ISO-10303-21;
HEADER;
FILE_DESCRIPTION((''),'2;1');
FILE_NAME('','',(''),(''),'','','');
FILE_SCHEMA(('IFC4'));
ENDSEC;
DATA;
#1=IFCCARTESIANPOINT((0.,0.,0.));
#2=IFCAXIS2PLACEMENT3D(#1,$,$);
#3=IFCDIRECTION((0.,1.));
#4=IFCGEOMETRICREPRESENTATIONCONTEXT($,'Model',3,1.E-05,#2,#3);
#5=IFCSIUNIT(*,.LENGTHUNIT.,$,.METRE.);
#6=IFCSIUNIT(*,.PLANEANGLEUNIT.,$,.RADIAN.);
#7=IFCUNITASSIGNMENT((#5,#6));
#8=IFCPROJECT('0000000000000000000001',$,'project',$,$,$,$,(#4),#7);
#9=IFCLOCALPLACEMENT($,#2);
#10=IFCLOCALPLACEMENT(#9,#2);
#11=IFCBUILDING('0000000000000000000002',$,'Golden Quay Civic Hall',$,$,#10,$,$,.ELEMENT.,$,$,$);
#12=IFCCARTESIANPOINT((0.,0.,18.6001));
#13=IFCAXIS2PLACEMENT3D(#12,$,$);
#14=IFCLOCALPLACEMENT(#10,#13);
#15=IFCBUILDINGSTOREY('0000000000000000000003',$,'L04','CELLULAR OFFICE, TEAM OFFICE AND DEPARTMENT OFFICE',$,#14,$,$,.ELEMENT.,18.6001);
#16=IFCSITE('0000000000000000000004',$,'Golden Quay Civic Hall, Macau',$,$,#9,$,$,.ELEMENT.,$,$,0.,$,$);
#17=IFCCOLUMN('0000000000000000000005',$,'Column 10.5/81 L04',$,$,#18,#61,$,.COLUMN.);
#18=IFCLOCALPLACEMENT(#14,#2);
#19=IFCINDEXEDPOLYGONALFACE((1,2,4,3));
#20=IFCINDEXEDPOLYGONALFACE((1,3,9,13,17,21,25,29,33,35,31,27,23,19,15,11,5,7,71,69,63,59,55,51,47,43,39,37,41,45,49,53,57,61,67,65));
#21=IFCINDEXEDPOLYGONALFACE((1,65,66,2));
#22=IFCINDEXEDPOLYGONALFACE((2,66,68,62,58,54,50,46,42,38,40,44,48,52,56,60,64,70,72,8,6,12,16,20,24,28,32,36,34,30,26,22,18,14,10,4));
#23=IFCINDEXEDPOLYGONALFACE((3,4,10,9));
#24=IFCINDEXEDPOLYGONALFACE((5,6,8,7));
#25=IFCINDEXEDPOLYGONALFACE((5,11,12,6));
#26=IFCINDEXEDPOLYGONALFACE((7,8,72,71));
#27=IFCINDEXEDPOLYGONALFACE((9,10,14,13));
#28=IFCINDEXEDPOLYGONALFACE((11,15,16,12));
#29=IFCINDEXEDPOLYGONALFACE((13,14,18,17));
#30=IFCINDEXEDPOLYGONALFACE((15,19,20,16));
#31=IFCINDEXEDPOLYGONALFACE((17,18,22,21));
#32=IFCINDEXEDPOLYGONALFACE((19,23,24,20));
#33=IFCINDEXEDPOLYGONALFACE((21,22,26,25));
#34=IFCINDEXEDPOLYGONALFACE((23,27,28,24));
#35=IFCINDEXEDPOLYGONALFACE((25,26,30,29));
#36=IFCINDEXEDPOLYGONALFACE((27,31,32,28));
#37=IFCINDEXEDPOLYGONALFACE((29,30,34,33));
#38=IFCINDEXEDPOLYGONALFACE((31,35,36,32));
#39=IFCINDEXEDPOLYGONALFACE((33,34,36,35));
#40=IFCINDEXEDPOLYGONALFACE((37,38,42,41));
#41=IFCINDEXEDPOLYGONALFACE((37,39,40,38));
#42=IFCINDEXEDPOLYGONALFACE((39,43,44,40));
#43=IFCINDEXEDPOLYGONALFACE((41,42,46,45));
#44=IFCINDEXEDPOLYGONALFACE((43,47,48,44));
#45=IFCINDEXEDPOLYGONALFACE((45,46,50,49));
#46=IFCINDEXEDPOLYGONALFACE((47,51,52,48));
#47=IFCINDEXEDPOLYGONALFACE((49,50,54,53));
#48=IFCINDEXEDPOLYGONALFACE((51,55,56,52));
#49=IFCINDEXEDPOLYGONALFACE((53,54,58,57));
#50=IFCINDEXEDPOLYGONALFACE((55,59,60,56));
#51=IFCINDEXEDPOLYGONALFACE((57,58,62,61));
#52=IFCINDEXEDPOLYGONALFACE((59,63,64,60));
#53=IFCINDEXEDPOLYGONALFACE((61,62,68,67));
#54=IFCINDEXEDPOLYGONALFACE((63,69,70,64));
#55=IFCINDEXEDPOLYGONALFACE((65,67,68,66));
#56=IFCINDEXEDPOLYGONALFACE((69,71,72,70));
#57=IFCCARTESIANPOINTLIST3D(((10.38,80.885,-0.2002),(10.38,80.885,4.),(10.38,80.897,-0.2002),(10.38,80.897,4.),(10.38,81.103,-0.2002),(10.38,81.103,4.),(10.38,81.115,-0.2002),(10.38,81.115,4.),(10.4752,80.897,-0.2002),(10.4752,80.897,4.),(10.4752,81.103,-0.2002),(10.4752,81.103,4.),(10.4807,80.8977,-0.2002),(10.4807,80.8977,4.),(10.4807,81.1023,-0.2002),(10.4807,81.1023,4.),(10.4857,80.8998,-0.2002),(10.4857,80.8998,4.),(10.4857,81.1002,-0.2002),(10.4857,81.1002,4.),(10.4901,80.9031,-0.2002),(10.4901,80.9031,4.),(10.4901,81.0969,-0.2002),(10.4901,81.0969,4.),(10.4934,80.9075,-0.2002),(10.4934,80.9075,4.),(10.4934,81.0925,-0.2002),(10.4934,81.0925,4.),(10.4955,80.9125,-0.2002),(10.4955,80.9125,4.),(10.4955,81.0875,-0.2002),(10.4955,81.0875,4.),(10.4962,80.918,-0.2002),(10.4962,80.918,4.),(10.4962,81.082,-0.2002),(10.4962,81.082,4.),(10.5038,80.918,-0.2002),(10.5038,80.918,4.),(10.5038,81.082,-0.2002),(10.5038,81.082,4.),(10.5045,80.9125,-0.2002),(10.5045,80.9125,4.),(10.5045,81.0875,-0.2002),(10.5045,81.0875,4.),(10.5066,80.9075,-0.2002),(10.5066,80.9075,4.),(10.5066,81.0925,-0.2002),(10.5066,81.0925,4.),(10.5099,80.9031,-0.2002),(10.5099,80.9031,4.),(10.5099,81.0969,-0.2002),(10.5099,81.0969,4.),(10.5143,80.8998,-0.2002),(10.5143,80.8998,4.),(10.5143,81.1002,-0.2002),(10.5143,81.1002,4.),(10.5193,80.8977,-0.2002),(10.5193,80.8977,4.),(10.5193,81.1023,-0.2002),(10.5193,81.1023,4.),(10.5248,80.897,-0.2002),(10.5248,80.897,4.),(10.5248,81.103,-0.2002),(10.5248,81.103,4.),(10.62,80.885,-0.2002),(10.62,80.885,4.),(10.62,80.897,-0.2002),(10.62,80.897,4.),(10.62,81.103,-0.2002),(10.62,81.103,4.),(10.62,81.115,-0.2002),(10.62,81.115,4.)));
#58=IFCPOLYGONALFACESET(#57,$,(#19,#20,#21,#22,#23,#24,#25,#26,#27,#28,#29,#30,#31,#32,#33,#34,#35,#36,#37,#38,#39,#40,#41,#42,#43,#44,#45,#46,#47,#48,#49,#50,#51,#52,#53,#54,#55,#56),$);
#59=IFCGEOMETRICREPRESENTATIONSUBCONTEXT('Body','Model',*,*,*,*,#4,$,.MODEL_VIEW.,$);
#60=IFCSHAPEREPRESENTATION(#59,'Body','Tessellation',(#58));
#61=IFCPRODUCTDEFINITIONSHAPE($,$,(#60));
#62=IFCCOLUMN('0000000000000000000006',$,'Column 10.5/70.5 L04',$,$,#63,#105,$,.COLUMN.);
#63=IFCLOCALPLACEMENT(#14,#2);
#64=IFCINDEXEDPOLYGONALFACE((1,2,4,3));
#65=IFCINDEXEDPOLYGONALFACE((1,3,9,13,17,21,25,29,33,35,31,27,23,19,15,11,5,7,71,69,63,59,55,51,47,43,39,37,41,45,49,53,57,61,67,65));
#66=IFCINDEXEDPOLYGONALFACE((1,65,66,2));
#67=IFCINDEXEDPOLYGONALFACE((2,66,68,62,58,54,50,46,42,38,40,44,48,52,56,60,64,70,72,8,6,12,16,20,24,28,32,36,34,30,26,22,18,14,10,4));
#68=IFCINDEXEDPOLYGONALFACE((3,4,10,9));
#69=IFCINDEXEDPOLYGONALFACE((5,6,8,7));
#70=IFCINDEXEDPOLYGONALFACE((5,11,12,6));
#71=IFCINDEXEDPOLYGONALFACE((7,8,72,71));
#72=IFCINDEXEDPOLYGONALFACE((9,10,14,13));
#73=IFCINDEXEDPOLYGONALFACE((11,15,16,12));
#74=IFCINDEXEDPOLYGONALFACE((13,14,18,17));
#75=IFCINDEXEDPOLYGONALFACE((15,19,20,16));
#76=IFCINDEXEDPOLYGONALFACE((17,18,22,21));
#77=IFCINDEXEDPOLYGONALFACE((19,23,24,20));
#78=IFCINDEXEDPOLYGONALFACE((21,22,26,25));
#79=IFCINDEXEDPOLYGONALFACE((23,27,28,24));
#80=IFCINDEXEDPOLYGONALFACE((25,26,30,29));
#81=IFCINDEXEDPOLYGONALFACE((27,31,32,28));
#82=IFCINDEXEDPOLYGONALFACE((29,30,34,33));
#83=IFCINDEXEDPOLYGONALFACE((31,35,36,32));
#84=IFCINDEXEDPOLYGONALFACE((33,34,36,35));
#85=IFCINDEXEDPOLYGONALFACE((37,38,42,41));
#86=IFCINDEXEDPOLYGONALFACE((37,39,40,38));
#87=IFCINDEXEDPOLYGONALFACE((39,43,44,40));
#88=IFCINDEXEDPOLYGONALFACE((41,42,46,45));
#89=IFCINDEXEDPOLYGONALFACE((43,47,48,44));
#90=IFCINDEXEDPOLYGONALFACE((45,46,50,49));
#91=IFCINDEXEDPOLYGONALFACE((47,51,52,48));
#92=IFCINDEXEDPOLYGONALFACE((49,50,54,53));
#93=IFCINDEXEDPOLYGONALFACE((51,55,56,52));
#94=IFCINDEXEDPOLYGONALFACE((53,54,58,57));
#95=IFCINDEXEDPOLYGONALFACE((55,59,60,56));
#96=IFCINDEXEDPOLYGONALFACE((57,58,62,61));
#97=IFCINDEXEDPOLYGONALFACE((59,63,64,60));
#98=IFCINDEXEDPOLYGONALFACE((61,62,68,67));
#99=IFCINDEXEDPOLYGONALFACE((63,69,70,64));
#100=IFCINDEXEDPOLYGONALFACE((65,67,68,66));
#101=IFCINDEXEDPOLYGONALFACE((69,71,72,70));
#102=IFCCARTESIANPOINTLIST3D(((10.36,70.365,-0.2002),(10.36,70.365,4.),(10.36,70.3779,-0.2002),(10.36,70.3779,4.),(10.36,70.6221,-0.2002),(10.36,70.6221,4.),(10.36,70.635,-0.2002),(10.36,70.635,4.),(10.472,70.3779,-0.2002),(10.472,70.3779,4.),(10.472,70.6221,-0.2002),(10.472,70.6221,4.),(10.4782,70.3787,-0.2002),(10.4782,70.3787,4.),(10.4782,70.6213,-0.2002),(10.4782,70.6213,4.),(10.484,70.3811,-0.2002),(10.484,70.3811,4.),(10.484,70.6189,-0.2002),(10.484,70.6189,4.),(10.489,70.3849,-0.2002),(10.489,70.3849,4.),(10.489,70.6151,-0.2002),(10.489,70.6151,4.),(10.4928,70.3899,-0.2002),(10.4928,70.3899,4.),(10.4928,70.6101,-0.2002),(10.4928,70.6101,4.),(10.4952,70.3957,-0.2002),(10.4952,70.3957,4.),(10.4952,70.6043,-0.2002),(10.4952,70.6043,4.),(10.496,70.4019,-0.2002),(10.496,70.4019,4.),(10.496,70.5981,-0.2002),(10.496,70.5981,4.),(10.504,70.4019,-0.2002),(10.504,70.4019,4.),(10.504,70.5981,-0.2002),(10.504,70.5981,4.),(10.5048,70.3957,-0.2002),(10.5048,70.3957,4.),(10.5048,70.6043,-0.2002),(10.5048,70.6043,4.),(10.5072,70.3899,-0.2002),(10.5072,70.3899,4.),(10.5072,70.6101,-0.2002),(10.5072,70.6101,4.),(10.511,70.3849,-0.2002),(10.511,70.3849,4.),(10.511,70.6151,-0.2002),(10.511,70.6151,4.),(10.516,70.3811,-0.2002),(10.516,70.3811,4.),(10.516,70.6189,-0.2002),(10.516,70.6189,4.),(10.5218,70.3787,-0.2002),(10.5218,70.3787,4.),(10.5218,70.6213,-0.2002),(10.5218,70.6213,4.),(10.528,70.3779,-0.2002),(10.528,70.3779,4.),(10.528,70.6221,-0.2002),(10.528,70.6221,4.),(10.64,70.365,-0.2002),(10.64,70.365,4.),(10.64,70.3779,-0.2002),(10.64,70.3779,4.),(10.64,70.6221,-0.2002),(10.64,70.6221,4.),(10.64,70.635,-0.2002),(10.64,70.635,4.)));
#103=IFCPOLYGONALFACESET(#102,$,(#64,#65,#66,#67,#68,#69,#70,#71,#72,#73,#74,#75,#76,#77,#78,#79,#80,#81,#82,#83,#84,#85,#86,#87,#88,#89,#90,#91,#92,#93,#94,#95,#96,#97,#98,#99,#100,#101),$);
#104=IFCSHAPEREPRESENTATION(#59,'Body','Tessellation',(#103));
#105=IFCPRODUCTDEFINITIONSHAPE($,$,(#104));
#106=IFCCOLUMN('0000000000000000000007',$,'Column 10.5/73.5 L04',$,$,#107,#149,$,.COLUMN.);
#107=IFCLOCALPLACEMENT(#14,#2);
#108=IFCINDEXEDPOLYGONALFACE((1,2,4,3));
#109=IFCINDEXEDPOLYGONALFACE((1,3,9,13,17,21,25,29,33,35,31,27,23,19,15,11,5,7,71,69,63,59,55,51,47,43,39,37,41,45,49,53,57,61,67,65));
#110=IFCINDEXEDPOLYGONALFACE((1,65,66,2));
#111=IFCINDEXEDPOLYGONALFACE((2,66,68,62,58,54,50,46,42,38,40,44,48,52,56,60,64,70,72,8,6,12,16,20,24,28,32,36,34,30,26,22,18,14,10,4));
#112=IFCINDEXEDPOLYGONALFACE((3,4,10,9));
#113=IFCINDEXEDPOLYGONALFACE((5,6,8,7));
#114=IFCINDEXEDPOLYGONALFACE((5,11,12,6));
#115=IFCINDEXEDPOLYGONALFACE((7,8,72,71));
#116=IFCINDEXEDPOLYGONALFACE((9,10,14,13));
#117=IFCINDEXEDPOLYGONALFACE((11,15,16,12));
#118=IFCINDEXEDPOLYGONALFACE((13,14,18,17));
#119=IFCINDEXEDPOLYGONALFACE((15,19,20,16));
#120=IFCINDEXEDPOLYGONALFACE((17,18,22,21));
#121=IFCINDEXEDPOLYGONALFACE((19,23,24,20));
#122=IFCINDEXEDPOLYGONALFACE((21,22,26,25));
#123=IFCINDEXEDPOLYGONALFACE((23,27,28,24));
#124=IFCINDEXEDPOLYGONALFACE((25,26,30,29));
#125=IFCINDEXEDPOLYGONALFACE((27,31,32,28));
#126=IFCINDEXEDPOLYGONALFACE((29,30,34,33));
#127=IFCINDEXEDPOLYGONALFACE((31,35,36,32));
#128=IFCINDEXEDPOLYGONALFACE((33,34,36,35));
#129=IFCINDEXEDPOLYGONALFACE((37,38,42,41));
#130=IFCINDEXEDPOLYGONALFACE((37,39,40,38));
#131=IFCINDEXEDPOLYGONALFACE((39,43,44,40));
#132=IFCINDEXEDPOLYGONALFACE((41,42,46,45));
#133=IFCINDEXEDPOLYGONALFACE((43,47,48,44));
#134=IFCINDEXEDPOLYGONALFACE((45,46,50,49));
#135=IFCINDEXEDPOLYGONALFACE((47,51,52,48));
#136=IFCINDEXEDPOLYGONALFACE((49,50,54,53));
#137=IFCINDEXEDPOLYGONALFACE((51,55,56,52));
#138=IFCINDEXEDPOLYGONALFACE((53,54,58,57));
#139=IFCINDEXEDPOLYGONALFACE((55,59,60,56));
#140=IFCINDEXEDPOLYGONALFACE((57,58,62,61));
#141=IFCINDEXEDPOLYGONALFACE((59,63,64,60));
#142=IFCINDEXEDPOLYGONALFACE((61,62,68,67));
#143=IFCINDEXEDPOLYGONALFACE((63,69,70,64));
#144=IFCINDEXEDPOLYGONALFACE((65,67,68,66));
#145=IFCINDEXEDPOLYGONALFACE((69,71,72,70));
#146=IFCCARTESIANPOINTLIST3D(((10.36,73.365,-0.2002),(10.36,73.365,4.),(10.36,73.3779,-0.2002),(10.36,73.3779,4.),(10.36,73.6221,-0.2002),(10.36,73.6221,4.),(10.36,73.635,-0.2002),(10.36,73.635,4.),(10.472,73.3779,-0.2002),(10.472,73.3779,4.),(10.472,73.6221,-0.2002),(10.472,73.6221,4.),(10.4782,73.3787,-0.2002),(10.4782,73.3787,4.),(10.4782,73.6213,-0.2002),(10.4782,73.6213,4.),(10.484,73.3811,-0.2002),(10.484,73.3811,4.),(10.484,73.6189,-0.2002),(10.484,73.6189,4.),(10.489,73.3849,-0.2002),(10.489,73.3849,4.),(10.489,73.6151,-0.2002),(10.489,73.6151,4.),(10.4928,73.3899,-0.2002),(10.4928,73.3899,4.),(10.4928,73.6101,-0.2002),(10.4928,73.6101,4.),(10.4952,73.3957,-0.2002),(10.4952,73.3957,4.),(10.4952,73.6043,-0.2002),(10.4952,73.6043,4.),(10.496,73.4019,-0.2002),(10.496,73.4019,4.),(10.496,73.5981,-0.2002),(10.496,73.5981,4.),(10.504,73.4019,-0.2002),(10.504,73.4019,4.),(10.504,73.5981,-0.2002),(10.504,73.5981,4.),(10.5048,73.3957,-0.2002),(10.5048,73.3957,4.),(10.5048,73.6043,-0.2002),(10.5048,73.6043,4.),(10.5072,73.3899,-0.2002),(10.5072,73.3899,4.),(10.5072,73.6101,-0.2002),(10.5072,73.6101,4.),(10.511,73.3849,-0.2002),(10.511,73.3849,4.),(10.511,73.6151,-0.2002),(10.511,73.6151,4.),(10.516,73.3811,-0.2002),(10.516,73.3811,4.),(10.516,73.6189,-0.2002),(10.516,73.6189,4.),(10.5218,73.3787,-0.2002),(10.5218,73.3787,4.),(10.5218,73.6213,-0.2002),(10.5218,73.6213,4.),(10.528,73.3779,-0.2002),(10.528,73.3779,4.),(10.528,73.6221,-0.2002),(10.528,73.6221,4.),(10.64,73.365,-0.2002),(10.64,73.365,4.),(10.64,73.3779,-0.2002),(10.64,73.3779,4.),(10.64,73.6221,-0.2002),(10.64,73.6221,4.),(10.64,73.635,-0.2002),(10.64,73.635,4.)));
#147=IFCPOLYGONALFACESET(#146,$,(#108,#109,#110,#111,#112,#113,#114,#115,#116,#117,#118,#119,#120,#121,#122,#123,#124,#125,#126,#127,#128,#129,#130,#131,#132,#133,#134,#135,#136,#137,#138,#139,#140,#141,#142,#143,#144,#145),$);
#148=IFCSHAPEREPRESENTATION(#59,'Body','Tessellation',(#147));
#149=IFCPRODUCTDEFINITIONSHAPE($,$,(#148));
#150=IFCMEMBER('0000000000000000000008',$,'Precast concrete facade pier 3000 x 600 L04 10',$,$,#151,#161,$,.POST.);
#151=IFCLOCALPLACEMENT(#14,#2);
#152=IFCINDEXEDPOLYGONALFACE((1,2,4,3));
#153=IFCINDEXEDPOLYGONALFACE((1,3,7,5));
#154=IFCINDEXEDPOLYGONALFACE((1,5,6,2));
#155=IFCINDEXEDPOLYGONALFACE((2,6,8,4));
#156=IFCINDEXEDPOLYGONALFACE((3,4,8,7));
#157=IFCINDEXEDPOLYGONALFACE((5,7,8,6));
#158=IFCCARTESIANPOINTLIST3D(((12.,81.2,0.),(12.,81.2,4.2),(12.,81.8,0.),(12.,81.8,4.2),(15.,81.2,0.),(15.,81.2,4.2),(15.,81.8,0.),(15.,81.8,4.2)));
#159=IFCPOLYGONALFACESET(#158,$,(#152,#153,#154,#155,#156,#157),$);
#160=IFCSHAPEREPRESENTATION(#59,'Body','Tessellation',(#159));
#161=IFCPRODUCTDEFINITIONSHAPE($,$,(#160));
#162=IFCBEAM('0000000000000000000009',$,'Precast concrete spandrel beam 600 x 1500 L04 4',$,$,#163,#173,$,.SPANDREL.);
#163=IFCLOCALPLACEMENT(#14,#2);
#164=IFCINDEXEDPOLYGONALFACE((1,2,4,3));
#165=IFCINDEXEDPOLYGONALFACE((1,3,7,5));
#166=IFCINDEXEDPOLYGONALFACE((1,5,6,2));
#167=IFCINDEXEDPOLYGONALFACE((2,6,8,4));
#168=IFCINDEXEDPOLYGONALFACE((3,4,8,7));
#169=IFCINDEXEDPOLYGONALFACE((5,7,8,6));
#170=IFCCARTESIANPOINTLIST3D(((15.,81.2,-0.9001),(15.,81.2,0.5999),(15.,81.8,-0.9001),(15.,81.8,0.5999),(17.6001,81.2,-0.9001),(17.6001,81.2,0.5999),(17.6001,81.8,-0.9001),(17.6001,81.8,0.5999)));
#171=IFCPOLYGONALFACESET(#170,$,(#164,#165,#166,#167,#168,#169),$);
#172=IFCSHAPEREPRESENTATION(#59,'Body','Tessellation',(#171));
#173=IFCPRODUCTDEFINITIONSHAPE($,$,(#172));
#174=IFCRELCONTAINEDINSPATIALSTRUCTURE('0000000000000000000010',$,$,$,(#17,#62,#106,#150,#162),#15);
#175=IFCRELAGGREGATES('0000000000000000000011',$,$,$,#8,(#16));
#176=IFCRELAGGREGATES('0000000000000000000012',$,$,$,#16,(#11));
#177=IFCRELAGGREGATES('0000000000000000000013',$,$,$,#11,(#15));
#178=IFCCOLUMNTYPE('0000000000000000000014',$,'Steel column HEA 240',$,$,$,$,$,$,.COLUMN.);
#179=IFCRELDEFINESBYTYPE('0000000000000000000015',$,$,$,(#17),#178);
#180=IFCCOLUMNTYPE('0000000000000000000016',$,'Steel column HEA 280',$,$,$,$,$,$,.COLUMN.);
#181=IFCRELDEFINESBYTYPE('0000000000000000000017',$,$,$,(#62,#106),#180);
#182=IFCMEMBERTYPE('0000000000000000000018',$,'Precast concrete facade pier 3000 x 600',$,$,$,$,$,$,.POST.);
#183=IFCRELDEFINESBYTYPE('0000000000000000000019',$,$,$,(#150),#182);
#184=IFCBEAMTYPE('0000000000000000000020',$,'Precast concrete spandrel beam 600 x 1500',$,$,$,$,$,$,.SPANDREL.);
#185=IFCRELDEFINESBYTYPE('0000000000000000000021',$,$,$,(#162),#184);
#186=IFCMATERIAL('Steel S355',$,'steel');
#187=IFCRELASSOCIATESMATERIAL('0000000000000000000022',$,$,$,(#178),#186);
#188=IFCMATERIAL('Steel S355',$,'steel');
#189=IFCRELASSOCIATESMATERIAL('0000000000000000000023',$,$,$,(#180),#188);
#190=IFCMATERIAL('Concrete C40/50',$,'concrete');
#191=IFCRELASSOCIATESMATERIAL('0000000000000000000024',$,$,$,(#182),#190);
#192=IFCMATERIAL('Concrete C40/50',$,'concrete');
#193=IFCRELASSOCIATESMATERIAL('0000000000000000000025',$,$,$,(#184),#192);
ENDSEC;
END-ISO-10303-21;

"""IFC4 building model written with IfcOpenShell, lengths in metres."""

from ifc_helpers import new_model, si_unit, direction, frame, origin, origin_2d, place, context, subcontext, project, spatial, rectangle, i_section, extrude, material, material_profile, profile_set, type_object, element, save


model = new_model("IFC4")

# Units and contexts
model_context = context("Model", 3, precision=1e-05, world=origin(), true_north=direction((0.0, 1.0)))
body_context = subcontext(model_context, "Body", "Model", "MODEL_VIEW")
ifc_project = project(units=[si_unit("LENGTHUNIT", "METRE"), si_unit("PLANEANGLEUNIT", "RADIAN")], contexts=[model_context])

# Site, building, storey
site_placement = place(None, origin())
site = spatial("IfcSite", under=ifc_project, at=site_placement, Name="Golden Quay Civic Hall, Macau", CompositionType="ELEMENT", RefElevation=0.0)
building_placement = place(site_placement, origin())
building = spatial("IfcBuilding", under=site, at=building_placement, Name="Golden Quay Civic Hall", CompositionType="ELEMENT")
storey_placement = place(building_placement, frame((0.0, 0.0, 18.6001)))
storey = spatial("IfcBuildingStorey", under=building, at=storey_placement, Name="L04", Description="CELLULAR OFFICE, TEAM OFFICE AND DEPARTMENT OFFICE", CompositionType="ELEMENT", Elevation=18.6001)

# Columns
ifc_material_1 = material(Name="Steel S355", Category="steel")
ifc_material_profile_1 = material_profile(ifc_material_1, i_section(OverallWidth=0.24, OverallDepth=0.23, WebThickness=0.0076, FlangeThickness=0.012, FilletRadius=0.021, at=origin_2d()), Name="HEA 240")
ifc_profile_set_1 = profile_set([ifc_material_profile_1], Name="Steel S355")
column_type_1 = type_object("IfcColumnType", Name="Steel column HEA 240", PredefinedType="COLUMN", material=ifc_profile_set_1)
column_placement = place(storey_placement, frame((10.5, 81.0, -0.2002), z_axis=(0.0, 0.0, 1.0), x_axis=(1.0, 0.0, 0.0)))
element("IfcColumn", 1, at=column_placement, inside=storey, type_object=column_type_1, Name="Column 10.5/81 L04", PredefinedType="COLUMN", context=body_context, shape_type="SweptSolid", body=[
    extrude(i_section(OverallWidth=0.24, OverallDepth=0.23, WebThickness=0.0076, FlangeThickness=0.012, FilletRadius=0.021, at=origin_2d()), origin(), (0.0, 0.0, 1.0), 4.2002),
])
ifc_material_2 = material(Name="Steel S355", Category="steel")
ifc_material_profile_2 = material_profile(ifc_material_2, i_section(OverallWidth=0.28, OverallDepth=0.27, WebThickness=0.0081, FlangeThickness=0.0129, FilletRadius=0.0239, at=origin_2d()), Name="HEA 280")
ifc_profile_set_2 = profile_set([ifc_material_profile_2], Name="Steel S355")
column_type_2 = type_object("IfcColumnType", Name="Steel column HEA 280", PredefinedType="COLUMN", material=ifc_profile_set_2)
for number, where, z_axis, x_axis, name in (
    (2, (10.5, 70.5, -0.2002), (0.0, 0.0, 1.0), (1.0, 0.0, 0.0), "Column 10.5/70.5 L04"),
    (3, (10.5, 73.5, -0.2002), (0.0, 0.0, 1.0), (1.0, 0.0, 0.0), "Column 10.5/73.5 L04"),
):
    element("IfcColumn", number, at=place(storey_placement, frame(where, z_axis=z_axis, x_axis=x_axis)), inside=storey, type_object=column_type_2, Name=name, PredefinedType="COLUMN", context=body_context, shape_type="SweptSolid", body=[
        extrude(i_section(OverallWidth=0.28, OverallDepth=0.27, WebThickness=0.0081, FlangeThickness=0.0129, FilletRadius=0.0239, at=origin_2d()), origin(), (0.0, 0.0, 1.0), 4.2002),
    ])

# Member
ifc_material_3 = material(Name="Concrete C40/50", Category="concrete")
ifc_material_profile_3 = material_profile(ifc_material_3, rectangle(XDim=3.0, YDim=0.6001, at=origin_2d()), Name="RC 3000x600")
ifc_profile_set_3 = profile_set([ifc_material_profile_3], Name="Concrete C40/50")
member_type = type_object("IfcMemberType", Name="Precast concrete facade pier 3000 x 600", PredefinedType="POST", material=ifc_profile_set_3)
member_placement = place(storey_placement, frame((13.5, 81.5, 0.0), z_axis=(0.0, 0.0, 1.0), x_axis=(1.0, 0.0, 0.0)))
element("IfcMember", 4, at=member_placement, inside=storey, type_object=member_type, Name="Precast concrete facade pier 3000 x 600 L04 10", PredefinedType="POST", context=body_context, shape_type="SweptSolid", body=[
    extrude(rectangle(XDim=3.0, YDim=0.6001, at=origin_2d()), origin(), (0.0, 0.0, 1.0), 4.2),
])

# Beam
ifc_material_4 = material(Name="Concrete C40/50", Category="concrete")
ifc_material_profile_4 = material_profile(ifc_material_4, rectangle(XDim=0.6001, YDim=1.5, at=origin_2d()), Name="RC 600x1500")
ifc_profile_set_4 = profile_set([ifc_material_profile_4], Name="Concrete C40/50")
beam_type_1 = type_object("IfcBeamType", Name="Precast concrete spandrel beam 600 x 1500", PredefinedType="SPANDREL", material=ifc_profile_set_4)
beam_1_placement = place(storey_placement, frame((15.0, 81.5, -0.1501), z_axis=(1.0, 0.0, 0.0), x_axis=(0.0, 1.0, 0.0)))
element("IfcBeam", 5, at=beam_1_placement, inside=storey, type_object=beam_type_1, Name="Precast concrete spandrel beam 600 x 1500 L04 4", PredefinedType="SPANDREL", context=body_context, shape_type="SweptSolid", body=[
    extrude(rectangle(XDim=0.6001, YDim=1.5, at=origin_2d()), origin(), (0.0, 0.0, 1.0), 2.6001),
])

save(model, "model.ifc")
